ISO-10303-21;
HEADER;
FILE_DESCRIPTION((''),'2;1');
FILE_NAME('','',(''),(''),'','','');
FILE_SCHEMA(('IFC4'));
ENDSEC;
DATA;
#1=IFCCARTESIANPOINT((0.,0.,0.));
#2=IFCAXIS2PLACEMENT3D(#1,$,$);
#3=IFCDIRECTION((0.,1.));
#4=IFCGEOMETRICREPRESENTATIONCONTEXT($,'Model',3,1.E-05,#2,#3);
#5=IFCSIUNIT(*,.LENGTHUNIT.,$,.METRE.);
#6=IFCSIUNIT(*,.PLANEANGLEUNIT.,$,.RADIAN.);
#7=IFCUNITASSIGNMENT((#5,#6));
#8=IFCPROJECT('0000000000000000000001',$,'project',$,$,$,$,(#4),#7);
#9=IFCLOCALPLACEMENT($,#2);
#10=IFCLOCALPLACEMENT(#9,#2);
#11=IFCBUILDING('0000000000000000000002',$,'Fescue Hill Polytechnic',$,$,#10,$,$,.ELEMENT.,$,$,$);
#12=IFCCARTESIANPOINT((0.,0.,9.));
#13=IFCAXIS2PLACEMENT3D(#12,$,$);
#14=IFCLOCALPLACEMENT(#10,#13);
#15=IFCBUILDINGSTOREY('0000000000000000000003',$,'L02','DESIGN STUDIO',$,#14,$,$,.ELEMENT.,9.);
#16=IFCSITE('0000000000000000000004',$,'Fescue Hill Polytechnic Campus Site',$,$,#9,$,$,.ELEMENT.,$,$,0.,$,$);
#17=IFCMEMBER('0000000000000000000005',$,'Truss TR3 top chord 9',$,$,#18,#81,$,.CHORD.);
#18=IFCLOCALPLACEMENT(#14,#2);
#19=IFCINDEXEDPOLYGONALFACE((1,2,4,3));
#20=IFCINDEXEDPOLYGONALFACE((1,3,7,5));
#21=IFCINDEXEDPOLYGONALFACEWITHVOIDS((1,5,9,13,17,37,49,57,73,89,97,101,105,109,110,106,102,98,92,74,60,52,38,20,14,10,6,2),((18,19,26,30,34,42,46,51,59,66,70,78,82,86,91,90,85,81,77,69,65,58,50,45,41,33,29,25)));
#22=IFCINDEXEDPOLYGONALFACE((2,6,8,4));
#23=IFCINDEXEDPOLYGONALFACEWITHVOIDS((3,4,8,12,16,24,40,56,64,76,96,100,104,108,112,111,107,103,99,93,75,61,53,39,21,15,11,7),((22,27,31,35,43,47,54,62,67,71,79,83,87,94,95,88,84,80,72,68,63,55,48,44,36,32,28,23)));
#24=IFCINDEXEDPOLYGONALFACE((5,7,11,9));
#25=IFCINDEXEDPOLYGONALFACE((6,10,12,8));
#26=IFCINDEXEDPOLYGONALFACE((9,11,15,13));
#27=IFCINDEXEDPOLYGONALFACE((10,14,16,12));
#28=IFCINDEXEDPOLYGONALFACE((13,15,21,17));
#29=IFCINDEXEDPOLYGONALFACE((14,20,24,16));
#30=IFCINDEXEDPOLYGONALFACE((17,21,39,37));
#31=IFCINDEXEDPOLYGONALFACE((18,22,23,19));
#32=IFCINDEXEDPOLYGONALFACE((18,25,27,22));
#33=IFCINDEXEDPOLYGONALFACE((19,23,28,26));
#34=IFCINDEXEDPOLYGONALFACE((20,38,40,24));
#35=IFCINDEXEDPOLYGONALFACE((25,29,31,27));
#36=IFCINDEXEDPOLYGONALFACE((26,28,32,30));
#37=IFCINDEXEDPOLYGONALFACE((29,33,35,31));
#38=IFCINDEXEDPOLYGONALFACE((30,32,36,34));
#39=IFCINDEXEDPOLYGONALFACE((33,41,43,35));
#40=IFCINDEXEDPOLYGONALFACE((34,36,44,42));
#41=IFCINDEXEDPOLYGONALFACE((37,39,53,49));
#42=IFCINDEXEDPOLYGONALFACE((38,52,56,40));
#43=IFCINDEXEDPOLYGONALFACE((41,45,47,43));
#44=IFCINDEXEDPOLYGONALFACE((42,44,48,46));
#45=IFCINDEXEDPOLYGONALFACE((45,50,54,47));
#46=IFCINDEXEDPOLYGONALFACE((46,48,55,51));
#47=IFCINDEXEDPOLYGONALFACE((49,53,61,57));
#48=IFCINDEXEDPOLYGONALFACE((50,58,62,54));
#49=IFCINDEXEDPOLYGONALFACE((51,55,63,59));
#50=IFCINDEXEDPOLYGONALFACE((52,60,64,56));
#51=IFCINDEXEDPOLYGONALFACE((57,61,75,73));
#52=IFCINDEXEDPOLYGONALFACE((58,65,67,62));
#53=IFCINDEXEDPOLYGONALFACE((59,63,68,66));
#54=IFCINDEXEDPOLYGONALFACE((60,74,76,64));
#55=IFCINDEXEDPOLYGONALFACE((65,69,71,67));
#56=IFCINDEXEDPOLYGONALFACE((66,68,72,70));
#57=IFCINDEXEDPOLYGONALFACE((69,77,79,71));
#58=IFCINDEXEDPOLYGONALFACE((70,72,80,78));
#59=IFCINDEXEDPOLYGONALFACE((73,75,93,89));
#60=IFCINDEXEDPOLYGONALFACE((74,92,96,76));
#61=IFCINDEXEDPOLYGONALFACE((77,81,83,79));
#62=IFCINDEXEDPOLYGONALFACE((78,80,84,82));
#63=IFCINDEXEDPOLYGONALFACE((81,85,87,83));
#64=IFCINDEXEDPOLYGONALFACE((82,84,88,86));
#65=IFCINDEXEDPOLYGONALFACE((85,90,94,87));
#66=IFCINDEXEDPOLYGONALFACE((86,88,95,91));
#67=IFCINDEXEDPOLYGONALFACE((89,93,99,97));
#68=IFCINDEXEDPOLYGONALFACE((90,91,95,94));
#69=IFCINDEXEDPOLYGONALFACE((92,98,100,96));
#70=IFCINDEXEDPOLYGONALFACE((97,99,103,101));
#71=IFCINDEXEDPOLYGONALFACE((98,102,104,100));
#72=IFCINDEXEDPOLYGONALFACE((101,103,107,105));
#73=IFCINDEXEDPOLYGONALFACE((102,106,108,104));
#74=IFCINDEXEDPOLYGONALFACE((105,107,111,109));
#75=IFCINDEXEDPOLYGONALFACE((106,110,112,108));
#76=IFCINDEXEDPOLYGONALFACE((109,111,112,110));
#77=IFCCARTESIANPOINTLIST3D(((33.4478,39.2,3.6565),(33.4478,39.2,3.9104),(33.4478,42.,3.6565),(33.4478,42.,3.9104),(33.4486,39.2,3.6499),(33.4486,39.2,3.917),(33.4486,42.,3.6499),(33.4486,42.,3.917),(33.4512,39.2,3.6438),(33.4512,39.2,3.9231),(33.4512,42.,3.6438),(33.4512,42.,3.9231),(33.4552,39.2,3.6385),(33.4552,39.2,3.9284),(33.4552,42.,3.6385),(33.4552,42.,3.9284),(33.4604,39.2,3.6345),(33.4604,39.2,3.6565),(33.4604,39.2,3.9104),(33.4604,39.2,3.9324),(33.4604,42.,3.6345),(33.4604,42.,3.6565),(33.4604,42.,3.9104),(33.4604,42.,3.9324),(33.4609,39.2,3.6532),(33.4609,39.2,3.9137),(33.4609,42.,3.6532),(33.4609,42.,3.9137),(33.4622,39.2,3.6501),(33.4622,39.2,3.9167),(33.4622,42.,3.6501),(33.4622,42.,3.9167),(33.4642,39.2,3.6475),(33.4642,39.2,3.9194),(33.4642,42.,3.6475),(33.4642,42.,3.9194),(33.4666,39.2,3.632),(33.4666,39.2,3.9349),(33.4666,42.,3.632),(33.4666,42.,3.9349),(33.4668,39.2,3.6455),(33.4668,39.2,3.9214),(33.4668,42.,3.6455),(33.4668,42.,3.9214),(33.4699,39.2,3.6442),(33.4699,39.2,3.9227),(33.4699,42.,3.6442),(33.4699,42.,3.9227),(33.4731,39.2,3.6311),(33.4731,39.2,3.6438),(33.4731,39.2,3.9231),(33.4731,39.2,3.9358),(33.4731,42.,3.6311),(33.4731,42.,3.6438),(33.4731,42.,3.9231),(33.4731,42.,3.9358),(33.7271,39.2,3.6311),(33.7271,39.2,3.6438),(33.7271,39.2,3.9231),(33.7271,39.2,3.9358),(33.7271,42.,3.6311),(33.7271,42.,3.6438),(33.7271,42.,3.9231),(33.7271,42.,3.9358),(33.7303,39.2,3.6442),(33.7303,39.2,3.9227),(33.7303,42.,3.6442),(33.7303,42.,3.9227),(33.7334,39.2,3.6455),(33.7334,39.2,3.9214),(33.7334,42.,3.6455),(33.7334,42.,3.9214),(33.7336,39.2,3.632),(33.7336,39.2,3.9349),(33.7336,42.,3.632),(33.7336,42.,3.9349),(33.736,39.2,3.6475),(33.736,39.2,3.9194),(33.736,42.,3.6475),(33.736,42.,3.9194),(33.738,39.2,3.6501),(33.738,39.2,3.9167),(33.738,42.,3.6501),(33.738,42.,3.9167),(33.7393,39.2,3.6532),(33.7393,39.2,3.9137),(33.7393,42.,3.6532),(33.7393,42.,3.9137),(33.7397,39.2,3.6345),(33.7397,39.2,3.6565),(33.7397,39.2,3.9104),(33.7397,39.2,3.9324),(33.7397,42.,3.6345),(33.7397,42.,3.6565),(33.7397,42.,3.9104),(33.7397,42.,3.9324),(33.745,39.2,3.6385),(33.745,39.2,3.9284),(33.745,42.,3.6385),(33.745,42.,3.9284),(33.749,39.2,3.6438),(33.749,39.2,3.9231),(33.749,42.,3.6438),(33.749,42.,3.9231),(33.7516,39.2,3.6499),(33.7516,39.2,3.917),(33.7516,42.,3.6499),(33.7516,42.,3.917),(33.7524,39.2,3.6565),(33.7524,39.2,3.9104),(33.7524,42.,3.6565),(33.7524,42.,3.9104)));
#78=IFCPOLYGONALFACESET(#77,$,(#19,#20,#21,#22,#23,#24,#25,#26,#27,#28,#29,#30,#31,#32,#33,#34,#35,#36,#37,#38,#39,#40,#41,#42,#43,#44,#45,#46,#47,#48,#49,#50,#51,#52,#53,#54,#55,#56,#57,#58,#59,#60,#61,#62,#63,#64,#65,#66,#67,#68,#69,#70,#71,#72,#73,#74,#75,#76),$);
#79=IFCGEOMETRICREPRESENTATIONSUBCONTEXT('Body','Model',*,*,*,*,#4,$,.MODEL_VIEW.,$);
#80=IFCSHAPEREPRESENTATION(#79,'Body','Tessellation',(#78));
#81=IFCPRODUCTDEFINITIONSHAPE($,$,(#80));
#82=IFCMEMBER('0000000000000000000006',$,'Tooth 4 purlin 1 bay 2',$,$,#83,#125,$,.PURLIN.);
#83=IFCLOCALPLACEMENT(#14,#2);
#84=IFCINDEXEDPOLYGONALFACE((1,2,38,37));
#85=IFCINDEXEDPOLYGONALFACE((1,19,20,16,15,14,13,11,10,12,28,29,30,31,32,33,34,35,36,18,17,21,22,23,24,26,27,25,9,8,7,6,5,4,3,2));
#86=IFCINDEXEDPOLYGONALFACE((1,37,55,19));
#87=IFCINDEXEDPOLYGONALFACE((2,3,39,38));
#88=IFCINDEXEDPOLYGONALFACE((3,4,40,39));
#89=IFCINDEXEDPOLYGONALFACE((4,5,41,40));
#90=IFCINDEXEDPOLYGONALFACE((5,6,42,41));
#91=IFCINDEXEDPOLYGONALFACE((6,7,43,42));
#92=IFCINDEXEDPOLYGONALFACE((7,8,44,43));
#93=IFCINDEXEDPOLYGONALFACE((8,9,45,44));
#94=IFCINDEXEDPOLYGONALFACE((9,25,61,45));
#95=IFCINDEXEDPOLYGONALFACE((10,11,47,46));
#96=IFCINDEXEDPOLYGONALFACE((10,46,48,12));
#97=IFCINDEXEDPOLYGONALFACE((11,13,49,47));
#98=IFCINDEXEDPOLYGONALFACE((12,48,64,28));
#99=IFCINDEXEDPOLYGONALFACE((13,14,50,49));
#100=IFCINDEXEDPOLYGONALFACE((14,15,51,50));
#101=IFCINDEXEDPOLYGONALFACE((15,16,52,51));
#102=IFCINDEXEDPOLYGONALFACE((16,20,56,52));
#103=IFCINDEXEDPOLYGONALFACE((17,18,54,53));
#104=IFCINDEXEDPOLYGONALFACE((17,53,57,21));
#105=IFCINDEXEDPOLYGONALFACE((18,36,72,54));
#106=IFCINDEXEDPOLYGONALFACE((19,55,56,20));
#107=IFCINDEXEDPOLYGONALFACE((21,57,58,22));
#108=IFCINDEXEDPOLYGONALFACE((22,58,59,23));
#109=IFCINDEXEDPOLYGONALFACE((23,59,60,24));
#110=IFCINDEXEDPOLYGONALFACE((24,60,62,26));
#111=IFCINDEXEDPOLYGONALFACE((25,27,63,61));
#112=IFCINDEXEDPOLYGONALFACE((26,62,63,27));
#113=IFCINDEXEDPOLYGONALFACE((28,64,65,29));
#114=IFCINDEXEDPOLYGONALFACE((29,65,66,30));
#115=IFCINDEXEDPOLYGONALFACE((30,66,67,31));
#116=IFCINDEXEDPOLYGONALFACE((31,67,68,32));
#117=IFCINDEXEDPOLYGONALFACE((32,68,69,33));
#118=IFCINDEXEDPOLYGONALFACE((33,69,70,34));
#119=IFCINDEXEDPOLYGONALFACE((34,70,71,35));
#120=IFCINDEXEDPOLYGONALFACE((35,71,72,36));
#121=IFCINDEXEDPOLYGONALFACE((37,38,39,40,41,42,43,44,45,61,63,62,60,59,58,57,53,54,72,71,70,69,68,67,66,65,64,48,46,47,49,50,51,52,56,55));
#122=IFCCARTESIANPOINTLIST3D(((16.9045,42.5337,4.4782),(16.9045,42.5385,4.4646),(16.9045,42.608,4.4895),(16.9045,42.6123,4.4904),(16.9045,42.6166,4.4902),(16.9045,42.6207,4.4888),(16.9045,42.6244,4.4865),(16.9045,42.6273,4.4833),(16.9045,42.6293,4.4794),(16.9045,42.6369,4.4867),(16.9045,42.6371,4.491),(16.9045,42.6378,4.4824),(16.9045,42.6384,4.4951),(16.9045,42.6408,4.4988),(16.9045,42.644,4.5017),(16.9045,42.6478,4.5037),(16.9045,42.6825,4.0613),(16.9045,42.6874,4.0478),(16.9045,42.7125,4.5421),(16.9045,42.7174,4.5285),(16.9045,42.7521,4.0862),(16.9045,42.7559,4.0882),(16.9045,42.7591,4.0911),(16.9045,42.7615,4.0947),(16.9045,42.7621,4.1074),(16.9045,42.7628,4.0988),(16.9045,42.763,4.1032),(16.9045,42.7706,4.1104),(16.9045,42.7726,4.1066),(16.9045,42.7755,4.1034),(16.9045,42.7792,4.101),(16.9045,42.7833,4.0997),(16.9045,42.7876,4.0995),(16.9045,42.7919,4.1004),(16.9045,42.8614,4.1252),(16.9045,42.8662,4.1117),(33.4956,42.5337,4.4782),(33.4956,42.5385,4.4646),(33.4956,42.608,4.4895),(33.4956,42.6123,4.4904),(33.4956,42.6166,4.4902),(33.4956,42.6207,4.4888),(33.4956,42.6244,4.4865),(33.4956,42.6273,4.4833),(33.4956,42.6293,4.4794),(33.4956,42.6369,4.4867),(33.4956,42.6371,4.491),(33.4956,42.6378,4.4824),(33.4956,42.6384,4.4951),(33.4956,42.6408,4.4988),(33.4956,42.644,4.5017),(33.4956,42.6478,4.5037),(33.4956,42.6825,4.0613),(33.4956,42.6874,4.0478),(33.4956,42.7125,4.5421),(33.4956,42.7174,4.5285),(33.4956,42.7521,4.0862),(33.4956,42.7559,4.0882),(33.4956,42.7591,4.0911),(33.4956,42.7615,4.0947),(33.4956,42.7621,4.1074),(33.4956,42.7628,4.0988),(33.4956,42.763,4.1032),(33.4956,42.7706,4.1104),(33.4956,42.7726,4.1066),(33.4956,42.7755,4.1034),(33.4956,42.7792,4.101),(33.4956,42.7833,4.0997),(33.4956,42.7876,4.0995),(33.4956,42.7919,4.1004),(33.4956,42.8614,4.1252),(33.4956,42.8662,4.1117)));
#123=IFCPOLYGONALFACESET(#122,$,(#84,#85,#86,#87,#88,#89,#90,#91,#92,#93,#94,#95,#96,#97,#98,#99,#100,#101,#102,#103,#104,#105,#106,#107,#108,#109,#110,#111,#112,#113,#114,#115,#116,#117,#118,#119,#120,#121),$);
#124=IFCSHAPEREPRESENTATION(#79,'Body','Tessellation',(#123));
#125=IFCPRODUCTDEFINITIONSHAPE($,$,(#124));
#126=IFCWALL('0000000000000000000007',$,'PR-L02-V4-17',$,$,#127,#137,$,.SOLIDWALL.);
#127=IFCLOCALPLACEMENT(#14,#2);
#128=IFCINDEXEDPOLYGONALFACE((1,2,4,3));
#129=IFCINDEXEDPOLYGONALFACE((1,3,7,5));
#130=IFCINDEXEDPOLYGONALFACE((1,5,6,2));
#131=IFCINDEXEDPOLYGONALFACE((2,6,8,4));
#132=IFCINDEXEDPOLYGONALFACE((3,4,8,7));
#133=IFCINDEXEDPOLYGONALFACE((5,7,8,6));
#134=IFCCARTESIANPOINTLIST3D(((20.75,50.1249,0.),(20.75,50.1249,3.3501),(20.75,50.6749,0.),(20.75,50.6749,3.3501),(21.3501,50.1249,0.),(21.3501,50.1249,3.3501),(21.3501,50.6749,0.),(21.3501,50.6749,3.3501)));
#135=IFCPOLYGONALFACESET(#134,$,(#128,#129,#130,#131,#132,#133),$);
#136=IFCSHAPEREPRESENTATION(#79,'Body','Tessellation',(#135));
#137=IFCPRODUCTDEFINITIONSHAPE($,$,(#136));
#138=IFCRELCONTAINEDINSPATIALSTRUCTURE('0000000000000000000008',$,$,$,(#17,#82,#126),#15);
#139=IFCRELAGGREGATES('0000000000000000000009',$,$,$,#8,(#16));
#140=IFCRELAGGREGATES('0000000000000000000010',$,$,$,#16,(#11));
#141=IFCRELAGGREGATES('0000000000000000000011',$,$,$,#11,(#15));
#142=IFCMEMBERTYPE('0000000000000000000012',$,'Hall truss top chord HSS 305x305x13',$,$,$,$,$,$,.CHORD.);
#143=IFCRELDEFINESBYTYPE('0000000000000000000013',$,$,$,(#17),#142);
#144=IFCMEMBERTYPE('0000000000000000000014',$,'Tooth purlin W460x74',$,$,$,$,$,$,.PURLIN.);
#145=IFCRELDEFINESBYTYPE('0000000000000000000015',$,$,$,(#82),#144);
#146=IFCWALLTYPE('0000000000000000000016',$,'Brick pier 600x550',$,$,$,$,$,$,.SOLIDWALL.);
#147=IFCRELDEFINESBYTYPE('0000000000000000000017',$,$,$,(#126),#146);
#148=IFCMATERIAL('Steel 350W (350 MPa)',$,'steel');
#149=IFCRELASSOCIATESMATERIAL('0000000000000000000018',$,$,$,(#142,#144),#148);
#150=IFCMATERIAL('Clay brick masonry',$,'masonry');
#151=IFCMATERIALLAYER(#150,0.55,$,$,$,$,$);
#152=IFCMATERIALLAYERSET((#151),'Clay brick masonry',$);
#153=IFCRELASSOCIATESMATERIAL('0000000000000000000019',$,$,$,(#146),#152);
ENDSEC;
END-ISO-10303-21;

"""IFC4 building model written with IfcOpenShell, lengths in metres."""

from ifc_helpers import new_model, si_unit, direction, frame, frame_2d, origin, origin_2d, place, context, subcontext, project, spatial, rectangle, hollow_rectangle, i_section, extrude, material, layer, layer_set, material_profile, profile_set, type_object, element, save


model = new_model("IFC4")

# Units and contexts
model_context = context("Model", 3, precision=1e-05, world=origin(), true_north=direction((0.0, 1.0)))
body_context = subcontext(model_context, "Body", "Model", "MODEL_VIEW")
ifc_project = project(units=[si_unit("LENGTHUNIT", "METRE"), si_unit("PLANEANGLEUNIT", "RADIAN")], contexts=[model_context])

# Site, building, storey
site_placement = place(None, origin())
site = spatial("IfcSite", under=ifc_project, at=site_placement, Name="Fescue Hill Polytechnic Campus Site", CompositionType="ELEMENT", RefElevation=0.0)
building_placement = place(site_placement, origin())
building = spatial("IfcBuilding", under=site, at=building_placement, Name="Fescue Hill Polytechnic", CompositionType="ELEMENT")
storey_placement = place(building_placement, frame((0.0, 0.0, 9.0)))
storey = spatial("IfcBuildingStorey", under=building, at=storey_placement, Name="L02", Description="DESIGN STUDIO", CompositionType="ELEMENT", Elevation=9.0)

# Members
ifc_material_1 = material(Name="Steel 350W (350 MPa)", Category="steel")
ifc_material_profile_1 = material_profile(ifc_material_1, hollow_rectangle(XDim=0.3047, YDim=0.3047, WallThickness=0.0127, InnerFilletRadius=0.0127, OuterFilletRadius=0.0254, at=origin_2d()), Name="Hall truss top chord HSS 305x305x13")
ifc_profile_set_1 = profile_set([ifc_material_profile_1], Name="Steel 350W (350 MPa)")
member_type_1 = type_object("IfcMemberType", Name="Hall truss top chord HSS 305x305x13", PredefinedType="CHORD", material=ifc_profile_set_1)
member_1_placement = place(storey_placement, frame((33.6001, 39.2, 3.7834), z_axis=(0.0, 1.0, 0.0), x_axis=(-1.0, 0.0, 0.0)))
element("IfcMember", 1, at=member_1_placement, inside=storey, type_object=member_type_1, Name="Truss TR3 top chord 9", PredefinedType="CHORD", context=body_context, shape_type="SweptSolid", body=[
    extrude(hollow_rectangle(XDim=0.3047, YDim=0.3047, WallThickness=0.0127, InnerFilletRadius=0.0127, OuterFilletRadius=0.0254, at=origin_2d()), origin(), (0.0, 0.0, 1.0), 2.8),
])
ifc_material_profile_2 = material_profile(ifc_material_1, i_section(OverallWidth=0.1899, OverallDepth=0.457, WebThickness=0.009, FlangeThickness=0.0144, FilletRadius=0.0166, at=origin_2d()), Name="W460x74")
ifc_profile_set_2 = profile_set([ifc_material_profile_2], Name="Steel 350W (350 MPa)")
member_type_2 = type_object("IfcMemberType", Name="Tooth purlin W460x74", PredefinedType="PURLIN", material=ifc_profile_set_2)
member_2_placement = place(storey_placement, frame((16.9045, 42.7, 4.2949), z_axis=(1.0, 0.0, 0.0), x_axis=(0.0, 0.941742, 0.336336)))
element("IfcMember", 2, at=member_2_placement, inside=storey, type_object=member_type_2, Name="Tooth 4 purlin 1 bay 2", PredefinedType="PURLIN", context=body_context, shape_type="SweptSolid", body=[
    extrude(i_section(OverallWidth=0.1899, OverallDepth=0.457, WebThickness=0.009, FlangeThickness=0.0144, FilletRadius=0.0166, at=origin_2d()), origin(), (0.0, 0.0, 1.0), 16.5911),
])

# Wall
ifc_material_2 = material(Name="Clay brick masonry", Category="masonry")
ifc_layer_1 = layer(ifc_material_2, 0.55)
ifc_layer_set_1 = layer_set([ifc_layer_1], Name="Clay brick masonry")
wall_type_1 = type_object("IfcWallType", Name="Brick pier 600x550", PredefinedType="SOLIDWALL", material=ifc_layer_set_1)
wall_1_placement = place(storey_placement, frame((20.75, 50.3999, 0.0), z_axis=(0.0, 0.0, 1.0), x_axis=(1.0, 0.0, 0.0)))
element("IfcWall", 3, at=wall_1_placement, inside=storey, type_object=wall_type_1, Name="PR-L02-V4-17", PredefinedType="SOLIDWALL", context=body_context, shape_type="SweptSolid", body=[
    extrude(rectangle(XDim=0.6001, YDim=0.55, at=frame_2d((0.3, 0.0))), origin(), (0.0, 0.0, 1.0), 3.3501),
])

save(model, "model.ifc")
